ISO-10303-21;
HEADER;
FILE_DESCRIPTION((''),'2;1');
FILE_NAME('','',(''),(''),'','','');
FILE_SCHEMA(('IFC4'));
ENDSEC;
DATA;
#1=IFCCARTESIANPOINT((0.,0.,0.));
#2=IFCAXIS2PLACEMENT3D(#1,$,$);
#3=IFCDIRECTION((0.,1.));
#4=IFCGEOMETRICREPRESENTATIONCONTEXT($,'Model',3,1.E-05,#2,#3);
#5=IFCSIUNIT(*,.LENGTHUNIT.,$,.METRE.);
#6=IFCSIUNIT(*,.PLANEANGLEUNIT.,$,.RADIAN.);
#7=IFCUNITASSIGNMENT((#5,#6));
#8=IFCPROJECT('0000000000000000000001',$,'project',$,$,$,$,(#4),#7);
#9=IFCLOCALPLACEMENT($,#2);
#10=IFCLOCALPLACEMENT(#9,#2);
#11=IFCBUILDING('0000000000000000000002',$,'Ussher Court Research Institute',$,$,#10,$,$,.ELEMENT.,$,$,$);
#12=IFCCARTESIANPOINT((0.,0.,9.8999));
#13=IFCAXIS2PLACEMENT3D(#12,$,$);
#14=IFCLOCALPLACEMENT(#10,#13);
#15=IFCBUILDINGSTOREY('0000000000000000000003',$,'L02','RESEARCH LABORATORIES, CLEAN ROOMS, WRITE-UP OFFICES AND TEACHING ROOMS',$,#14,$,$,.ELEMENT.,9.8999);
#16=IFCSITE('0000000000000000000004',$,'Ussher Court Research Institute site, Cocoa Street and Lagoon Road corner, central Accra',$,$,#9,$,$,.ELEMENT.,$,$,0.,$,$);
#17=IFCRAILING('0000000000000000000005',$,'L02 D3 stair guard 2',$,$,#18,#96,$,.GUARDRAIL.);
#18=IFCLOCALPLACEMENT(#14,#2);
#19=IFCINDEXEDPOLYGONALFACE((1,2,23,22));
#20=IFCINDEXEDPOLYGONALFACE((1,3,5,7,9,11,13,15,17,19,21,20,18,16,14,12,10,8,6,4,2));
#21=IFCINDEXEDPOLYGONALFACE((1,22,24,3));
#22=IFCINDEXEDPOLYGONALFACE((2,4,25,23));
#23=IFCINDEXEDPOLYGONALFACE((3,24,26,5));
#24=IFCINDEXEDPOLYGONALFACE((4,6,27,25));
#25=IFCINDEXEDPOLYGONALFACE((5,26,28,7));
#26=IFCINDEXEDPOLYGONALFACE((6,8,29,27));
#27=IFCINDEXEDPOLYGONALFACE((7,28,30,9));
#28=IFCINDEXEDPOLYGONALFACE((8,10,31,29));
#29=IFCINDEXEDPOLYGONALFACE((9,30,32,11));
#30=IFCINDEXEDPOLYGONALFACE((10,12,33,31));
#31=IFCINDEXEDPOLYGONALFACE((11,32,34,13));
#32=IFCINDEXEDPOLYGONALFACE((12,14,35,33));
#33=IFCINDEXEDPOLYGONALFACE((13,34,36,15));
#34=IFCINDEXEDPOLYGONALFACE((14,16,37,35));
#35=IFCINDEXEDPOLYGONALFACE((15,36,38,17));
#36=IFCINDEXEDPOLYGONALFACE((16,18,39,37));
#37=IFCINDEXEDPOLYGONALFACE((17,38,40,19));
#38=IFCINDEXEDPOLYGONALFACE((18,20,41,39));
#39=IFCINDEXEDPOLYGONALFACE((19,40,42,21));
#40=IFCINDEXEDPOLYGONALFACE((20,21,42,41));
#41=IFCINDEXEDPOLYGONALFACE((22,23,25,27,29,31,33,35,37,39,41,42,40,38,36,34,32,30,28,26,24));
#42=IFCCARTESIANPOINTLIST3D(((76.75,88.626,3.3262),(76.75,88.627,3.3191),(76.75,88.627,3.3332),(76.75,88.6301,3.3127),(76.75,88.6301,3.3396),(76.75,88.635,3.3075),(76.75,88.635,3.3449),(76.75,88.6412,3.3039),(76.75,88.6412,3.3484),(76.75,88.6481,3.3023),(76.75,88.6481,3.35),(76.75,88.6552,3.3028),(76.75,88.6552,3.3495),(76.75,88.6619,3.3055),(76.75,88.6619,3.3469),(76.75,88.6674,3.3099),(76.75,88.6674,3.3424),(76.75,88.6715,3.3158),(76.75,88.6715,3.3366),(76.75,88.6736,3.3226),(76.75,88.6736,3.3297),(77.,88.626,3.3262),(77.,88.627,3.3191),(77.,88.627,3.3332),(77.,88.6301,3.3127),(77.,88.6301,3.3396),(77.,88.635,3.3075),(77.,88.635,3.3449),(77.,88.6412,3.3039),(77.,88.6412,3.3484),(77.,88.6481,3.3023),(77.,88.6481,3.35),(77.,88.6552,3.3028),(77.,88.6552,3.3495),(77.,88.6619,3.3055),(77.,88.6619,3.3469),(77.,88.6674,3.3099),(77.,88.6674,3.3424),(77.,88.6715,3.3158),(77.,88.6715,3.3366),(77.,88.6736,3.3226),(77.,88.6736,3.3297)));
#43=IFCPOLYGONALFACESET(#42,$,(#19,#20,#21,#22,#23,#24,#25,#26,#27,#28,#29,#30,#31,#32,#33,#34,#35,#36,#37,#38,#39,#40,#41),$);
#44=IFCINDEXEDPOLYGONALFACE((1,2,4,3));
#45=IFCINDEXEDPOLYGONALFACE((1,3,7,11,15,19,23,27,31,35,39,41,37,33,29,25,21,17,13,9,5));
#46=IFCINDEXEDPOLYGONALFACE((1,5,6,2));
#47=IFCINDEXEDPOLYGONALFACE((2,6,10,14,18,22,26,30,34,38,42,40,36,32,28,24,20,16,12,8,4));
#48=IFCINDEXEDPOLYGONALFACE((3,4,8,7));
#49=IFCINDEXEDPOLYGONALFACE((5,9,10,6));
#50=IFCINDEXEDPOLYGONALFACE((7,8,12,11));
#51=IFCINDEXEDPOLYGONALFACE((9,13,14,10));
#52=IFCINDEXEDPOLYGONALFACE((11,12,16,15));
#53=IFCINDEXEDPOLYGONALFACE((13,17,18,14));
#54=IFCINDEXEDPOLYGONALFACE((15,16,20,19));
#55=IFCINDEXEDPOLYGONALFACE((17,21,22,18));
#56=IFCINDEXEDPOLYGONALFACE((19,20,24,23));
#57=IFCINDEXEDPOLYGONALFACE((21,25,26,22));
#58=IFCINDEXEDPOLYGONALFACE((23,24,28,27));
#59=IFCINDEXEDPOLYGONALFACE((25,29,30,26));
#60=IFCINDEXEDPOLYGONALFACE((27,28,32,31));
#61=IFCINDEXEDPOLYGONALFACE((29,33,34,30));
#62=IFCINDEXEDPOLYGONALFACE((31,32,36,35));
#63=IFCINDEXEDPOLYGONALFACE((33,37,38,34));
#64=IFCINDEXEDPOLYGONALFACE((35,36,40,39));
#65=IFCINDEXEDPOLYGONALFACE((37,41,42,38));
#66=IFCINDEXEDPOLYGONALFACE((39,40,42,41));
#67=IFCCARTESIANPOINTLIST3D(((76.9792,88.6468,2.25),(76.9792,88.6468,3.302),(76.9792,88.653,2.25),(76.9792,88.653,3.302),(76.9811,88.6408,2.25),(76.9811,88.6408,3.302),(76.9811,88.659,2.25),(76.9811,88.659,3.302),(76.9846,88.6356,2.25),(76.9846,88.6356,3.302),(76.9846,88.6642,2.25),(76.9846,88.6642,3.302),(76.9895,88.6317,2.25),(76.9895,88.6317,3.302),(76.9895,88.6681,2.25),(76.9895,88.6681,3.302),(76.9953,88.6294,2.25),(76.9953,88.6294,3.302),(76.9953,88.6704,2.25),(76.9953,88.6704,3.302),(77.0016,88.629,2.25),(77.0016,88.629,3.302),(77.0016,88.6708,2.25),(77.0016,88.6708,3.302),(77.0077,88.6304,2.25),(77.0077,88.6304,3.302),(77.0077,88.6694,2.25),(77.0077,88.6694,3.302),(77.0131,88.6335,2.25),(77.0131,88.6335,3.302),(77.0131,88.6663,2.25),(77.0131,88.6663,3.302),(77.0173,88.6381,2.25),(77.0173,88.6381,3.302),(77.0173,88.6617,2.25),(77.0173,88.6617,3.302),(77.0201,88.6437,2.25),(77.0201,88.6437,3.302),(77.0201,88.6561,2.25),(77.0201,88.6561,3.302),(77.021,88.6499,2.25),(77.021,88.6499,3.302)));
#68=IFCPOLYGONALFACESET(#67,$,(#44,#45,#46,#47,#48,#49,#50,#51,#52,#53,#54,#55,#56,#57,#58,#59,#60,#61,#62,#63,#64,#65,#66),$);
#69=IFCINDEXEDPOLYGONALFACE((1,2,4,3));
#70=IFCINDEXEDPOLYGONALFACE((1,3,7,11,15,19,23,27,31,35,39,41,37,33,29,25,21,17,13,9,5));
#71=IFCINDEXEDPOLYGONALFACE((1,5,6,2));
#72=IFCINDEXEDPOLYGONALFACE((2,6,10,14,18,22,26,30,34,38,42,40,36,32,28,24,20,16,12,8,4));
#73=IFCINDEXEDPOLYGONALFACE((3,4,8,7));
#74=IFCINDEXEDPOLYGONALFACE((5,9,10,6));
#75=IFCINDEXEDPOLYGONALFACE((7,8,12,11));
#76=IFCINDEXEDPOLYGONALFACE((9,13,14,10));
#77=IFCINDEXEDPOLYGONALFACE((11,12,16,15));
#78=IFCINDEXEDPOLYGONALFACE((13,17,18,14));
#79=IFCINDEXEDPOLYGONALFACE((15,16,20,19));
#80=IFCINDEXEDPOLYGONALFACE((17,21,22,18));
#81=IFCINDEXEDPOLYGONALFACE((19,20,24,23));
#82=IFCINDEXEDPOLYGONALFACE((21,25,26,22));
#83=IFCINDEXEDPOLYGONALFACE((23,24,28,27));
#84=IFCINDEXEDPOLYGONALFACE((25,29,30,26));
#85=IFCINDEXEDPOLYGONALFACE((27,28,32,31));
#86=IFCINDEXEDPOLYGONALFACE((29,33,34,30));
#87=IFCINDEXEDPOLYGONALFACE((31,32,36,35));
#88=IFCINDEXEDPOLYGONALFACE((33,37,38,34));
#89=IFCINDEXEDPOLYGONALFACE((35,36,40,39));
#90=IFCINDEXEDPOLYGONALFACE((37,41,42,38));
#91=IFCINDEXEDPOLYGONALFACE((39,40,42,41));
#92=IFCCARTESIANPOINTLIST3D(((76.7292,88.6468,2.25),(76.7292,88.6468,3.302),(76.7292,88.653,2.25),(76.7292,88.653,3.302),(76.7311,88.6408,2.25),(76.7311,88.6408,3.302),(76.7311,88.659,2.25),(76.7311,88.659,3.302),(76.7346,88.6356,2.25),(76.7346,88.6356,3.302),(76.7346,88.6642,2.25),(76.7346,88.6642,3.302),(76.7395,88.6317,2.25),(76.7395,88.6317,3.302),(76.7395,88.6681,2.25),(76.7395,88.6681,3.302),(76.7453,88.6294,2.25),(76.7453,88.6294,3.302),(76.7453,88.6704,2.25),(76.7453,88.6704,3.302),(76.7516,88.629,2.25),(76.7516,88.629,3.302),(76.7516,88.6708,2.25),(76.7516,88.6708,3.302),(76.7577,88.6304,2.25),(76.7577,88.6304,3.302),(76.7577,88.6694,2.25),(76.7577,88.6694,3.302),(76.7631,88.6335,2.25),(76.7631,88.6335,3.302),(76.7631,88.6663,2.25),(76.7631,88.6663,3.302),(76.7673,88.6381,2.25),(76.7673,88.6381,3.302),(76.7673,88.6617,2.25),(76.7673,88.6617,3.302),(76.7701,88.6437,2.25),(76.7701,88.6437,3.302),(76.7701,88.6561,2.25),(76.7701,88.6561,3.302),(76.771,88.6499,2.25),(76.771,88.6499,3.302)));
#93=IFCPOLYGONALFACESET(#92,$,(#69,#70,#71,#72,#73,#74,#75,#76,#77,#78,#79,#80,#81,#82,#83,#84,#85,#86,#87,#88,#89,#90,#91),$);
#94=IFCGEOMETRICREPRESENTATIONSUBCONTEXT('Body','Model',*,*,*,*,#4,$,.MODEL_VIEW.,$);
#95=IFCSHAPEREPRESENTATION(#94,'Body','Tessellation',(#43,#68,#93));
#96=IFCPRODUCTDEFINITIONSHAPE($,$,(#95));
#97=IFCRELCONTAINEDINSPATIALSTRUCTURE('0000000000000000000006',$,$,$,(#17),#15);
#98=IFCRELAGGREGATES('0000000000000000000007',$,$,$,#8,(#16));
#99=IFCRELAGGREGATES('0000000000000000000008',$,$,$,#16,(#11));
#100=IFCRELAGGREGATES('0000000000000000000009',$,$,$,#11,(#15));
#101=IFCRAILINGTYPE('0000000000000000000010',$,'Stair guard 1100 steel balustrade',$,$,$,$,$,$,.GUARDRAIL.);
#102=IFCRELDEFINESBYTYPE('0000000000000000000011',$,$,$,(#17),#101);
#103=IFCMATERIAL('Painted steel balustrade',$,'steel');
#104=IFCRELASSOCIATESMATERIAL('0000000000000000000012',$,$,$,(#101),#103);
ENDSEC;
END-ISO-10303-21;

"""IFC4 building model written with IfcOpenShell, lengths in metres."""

from ifc_helpers import new_model, si_unit, direction, frame, origin, origin_2d, place, context, subcontext, project, spatial, circle, extrude, material, type_object, element, save


model = new_model("IFC4")

# Units and contexts
model_context = context("Model", 3, precision=1e-05, world=origin(), true_north=direction((0.0, 1.0)))
body_context = subcontext(model_context, "Body", "Model", "MODEL_VIEW")
ifc_project = project(units=[si_unit("LENGTHUNIT", "METRE"), si_unit("PLANEANGLEUNIT", "RADIAN")], contexts=[model_context])

# Site, building, storey
site_placement = place(None, origin())
site = spatial("IfcSite", under=ifc_project, at=site_placement, Name="Ussher Court Research Institute site, Cocoa Street and Lagoon Road corner, central Accra", CompositionType="ELEMENT", RefElevation=0.0)
building_placement = place(site_placement, origin())
building = spatial("IfcBuilding", under=site, at=building_placement, Name="Ussher Court Research Institute", CompositionType="ELEMENT")
storey_placement = place(building_placement, frame((0.0, 0.0, 9.8999)))
storey = spatial("IfcBuildingStorey", under=building, at=storey_placement, Name="L02", Description="RESEARCH LABORATORIES, CLEAN ROOMS, WRITE-UP OFFICES AND TEACHING ROOMS", CompositionType="ELEMENT", Elevation=9.8999)

# Railing
ifc_material_1 = material(Name="Painted steel balustrade", Category="steel")
railing_type_1 = type_object("IfcRailingType", Name="Stair guard 1100 steel balustrade", PredefinedType="GUARDRAIL", material=ifc_material_1)
railing_1_placement = place(storey_placement, frame((77.0, 88.6499, 2.25)))
element("IfcRailing", 1, at=railing_1_placement, inside=storey, type_object=railing_type_1, Name="L02 D3 stair guard 2", PredefinedType="GUARDRAIL", context=body_context, shape_type="SweptSolid", body=[
    extrude(circle(Radius=0.0239, at=origin_2d()), frame((0.0, 0.0, 1.0762), z_axis=(-1.0, 0.0, 0.0), x_axis=(0.0, -1.0, 0.0)), (0.0, 0.0, 1.0), 0.25),
    extrude(circle(Radius=0.021, at=origin_2d()), origin(), (0.0, 0.0, 1.0), 1.052),
    extrude(circle(Radius=0.021, at=origin_2d()), frame((-0.25, 0.0, 0.0)), (0.0, 0.0, 1.0), 1.052),
])

save(model, "model.ifc")
